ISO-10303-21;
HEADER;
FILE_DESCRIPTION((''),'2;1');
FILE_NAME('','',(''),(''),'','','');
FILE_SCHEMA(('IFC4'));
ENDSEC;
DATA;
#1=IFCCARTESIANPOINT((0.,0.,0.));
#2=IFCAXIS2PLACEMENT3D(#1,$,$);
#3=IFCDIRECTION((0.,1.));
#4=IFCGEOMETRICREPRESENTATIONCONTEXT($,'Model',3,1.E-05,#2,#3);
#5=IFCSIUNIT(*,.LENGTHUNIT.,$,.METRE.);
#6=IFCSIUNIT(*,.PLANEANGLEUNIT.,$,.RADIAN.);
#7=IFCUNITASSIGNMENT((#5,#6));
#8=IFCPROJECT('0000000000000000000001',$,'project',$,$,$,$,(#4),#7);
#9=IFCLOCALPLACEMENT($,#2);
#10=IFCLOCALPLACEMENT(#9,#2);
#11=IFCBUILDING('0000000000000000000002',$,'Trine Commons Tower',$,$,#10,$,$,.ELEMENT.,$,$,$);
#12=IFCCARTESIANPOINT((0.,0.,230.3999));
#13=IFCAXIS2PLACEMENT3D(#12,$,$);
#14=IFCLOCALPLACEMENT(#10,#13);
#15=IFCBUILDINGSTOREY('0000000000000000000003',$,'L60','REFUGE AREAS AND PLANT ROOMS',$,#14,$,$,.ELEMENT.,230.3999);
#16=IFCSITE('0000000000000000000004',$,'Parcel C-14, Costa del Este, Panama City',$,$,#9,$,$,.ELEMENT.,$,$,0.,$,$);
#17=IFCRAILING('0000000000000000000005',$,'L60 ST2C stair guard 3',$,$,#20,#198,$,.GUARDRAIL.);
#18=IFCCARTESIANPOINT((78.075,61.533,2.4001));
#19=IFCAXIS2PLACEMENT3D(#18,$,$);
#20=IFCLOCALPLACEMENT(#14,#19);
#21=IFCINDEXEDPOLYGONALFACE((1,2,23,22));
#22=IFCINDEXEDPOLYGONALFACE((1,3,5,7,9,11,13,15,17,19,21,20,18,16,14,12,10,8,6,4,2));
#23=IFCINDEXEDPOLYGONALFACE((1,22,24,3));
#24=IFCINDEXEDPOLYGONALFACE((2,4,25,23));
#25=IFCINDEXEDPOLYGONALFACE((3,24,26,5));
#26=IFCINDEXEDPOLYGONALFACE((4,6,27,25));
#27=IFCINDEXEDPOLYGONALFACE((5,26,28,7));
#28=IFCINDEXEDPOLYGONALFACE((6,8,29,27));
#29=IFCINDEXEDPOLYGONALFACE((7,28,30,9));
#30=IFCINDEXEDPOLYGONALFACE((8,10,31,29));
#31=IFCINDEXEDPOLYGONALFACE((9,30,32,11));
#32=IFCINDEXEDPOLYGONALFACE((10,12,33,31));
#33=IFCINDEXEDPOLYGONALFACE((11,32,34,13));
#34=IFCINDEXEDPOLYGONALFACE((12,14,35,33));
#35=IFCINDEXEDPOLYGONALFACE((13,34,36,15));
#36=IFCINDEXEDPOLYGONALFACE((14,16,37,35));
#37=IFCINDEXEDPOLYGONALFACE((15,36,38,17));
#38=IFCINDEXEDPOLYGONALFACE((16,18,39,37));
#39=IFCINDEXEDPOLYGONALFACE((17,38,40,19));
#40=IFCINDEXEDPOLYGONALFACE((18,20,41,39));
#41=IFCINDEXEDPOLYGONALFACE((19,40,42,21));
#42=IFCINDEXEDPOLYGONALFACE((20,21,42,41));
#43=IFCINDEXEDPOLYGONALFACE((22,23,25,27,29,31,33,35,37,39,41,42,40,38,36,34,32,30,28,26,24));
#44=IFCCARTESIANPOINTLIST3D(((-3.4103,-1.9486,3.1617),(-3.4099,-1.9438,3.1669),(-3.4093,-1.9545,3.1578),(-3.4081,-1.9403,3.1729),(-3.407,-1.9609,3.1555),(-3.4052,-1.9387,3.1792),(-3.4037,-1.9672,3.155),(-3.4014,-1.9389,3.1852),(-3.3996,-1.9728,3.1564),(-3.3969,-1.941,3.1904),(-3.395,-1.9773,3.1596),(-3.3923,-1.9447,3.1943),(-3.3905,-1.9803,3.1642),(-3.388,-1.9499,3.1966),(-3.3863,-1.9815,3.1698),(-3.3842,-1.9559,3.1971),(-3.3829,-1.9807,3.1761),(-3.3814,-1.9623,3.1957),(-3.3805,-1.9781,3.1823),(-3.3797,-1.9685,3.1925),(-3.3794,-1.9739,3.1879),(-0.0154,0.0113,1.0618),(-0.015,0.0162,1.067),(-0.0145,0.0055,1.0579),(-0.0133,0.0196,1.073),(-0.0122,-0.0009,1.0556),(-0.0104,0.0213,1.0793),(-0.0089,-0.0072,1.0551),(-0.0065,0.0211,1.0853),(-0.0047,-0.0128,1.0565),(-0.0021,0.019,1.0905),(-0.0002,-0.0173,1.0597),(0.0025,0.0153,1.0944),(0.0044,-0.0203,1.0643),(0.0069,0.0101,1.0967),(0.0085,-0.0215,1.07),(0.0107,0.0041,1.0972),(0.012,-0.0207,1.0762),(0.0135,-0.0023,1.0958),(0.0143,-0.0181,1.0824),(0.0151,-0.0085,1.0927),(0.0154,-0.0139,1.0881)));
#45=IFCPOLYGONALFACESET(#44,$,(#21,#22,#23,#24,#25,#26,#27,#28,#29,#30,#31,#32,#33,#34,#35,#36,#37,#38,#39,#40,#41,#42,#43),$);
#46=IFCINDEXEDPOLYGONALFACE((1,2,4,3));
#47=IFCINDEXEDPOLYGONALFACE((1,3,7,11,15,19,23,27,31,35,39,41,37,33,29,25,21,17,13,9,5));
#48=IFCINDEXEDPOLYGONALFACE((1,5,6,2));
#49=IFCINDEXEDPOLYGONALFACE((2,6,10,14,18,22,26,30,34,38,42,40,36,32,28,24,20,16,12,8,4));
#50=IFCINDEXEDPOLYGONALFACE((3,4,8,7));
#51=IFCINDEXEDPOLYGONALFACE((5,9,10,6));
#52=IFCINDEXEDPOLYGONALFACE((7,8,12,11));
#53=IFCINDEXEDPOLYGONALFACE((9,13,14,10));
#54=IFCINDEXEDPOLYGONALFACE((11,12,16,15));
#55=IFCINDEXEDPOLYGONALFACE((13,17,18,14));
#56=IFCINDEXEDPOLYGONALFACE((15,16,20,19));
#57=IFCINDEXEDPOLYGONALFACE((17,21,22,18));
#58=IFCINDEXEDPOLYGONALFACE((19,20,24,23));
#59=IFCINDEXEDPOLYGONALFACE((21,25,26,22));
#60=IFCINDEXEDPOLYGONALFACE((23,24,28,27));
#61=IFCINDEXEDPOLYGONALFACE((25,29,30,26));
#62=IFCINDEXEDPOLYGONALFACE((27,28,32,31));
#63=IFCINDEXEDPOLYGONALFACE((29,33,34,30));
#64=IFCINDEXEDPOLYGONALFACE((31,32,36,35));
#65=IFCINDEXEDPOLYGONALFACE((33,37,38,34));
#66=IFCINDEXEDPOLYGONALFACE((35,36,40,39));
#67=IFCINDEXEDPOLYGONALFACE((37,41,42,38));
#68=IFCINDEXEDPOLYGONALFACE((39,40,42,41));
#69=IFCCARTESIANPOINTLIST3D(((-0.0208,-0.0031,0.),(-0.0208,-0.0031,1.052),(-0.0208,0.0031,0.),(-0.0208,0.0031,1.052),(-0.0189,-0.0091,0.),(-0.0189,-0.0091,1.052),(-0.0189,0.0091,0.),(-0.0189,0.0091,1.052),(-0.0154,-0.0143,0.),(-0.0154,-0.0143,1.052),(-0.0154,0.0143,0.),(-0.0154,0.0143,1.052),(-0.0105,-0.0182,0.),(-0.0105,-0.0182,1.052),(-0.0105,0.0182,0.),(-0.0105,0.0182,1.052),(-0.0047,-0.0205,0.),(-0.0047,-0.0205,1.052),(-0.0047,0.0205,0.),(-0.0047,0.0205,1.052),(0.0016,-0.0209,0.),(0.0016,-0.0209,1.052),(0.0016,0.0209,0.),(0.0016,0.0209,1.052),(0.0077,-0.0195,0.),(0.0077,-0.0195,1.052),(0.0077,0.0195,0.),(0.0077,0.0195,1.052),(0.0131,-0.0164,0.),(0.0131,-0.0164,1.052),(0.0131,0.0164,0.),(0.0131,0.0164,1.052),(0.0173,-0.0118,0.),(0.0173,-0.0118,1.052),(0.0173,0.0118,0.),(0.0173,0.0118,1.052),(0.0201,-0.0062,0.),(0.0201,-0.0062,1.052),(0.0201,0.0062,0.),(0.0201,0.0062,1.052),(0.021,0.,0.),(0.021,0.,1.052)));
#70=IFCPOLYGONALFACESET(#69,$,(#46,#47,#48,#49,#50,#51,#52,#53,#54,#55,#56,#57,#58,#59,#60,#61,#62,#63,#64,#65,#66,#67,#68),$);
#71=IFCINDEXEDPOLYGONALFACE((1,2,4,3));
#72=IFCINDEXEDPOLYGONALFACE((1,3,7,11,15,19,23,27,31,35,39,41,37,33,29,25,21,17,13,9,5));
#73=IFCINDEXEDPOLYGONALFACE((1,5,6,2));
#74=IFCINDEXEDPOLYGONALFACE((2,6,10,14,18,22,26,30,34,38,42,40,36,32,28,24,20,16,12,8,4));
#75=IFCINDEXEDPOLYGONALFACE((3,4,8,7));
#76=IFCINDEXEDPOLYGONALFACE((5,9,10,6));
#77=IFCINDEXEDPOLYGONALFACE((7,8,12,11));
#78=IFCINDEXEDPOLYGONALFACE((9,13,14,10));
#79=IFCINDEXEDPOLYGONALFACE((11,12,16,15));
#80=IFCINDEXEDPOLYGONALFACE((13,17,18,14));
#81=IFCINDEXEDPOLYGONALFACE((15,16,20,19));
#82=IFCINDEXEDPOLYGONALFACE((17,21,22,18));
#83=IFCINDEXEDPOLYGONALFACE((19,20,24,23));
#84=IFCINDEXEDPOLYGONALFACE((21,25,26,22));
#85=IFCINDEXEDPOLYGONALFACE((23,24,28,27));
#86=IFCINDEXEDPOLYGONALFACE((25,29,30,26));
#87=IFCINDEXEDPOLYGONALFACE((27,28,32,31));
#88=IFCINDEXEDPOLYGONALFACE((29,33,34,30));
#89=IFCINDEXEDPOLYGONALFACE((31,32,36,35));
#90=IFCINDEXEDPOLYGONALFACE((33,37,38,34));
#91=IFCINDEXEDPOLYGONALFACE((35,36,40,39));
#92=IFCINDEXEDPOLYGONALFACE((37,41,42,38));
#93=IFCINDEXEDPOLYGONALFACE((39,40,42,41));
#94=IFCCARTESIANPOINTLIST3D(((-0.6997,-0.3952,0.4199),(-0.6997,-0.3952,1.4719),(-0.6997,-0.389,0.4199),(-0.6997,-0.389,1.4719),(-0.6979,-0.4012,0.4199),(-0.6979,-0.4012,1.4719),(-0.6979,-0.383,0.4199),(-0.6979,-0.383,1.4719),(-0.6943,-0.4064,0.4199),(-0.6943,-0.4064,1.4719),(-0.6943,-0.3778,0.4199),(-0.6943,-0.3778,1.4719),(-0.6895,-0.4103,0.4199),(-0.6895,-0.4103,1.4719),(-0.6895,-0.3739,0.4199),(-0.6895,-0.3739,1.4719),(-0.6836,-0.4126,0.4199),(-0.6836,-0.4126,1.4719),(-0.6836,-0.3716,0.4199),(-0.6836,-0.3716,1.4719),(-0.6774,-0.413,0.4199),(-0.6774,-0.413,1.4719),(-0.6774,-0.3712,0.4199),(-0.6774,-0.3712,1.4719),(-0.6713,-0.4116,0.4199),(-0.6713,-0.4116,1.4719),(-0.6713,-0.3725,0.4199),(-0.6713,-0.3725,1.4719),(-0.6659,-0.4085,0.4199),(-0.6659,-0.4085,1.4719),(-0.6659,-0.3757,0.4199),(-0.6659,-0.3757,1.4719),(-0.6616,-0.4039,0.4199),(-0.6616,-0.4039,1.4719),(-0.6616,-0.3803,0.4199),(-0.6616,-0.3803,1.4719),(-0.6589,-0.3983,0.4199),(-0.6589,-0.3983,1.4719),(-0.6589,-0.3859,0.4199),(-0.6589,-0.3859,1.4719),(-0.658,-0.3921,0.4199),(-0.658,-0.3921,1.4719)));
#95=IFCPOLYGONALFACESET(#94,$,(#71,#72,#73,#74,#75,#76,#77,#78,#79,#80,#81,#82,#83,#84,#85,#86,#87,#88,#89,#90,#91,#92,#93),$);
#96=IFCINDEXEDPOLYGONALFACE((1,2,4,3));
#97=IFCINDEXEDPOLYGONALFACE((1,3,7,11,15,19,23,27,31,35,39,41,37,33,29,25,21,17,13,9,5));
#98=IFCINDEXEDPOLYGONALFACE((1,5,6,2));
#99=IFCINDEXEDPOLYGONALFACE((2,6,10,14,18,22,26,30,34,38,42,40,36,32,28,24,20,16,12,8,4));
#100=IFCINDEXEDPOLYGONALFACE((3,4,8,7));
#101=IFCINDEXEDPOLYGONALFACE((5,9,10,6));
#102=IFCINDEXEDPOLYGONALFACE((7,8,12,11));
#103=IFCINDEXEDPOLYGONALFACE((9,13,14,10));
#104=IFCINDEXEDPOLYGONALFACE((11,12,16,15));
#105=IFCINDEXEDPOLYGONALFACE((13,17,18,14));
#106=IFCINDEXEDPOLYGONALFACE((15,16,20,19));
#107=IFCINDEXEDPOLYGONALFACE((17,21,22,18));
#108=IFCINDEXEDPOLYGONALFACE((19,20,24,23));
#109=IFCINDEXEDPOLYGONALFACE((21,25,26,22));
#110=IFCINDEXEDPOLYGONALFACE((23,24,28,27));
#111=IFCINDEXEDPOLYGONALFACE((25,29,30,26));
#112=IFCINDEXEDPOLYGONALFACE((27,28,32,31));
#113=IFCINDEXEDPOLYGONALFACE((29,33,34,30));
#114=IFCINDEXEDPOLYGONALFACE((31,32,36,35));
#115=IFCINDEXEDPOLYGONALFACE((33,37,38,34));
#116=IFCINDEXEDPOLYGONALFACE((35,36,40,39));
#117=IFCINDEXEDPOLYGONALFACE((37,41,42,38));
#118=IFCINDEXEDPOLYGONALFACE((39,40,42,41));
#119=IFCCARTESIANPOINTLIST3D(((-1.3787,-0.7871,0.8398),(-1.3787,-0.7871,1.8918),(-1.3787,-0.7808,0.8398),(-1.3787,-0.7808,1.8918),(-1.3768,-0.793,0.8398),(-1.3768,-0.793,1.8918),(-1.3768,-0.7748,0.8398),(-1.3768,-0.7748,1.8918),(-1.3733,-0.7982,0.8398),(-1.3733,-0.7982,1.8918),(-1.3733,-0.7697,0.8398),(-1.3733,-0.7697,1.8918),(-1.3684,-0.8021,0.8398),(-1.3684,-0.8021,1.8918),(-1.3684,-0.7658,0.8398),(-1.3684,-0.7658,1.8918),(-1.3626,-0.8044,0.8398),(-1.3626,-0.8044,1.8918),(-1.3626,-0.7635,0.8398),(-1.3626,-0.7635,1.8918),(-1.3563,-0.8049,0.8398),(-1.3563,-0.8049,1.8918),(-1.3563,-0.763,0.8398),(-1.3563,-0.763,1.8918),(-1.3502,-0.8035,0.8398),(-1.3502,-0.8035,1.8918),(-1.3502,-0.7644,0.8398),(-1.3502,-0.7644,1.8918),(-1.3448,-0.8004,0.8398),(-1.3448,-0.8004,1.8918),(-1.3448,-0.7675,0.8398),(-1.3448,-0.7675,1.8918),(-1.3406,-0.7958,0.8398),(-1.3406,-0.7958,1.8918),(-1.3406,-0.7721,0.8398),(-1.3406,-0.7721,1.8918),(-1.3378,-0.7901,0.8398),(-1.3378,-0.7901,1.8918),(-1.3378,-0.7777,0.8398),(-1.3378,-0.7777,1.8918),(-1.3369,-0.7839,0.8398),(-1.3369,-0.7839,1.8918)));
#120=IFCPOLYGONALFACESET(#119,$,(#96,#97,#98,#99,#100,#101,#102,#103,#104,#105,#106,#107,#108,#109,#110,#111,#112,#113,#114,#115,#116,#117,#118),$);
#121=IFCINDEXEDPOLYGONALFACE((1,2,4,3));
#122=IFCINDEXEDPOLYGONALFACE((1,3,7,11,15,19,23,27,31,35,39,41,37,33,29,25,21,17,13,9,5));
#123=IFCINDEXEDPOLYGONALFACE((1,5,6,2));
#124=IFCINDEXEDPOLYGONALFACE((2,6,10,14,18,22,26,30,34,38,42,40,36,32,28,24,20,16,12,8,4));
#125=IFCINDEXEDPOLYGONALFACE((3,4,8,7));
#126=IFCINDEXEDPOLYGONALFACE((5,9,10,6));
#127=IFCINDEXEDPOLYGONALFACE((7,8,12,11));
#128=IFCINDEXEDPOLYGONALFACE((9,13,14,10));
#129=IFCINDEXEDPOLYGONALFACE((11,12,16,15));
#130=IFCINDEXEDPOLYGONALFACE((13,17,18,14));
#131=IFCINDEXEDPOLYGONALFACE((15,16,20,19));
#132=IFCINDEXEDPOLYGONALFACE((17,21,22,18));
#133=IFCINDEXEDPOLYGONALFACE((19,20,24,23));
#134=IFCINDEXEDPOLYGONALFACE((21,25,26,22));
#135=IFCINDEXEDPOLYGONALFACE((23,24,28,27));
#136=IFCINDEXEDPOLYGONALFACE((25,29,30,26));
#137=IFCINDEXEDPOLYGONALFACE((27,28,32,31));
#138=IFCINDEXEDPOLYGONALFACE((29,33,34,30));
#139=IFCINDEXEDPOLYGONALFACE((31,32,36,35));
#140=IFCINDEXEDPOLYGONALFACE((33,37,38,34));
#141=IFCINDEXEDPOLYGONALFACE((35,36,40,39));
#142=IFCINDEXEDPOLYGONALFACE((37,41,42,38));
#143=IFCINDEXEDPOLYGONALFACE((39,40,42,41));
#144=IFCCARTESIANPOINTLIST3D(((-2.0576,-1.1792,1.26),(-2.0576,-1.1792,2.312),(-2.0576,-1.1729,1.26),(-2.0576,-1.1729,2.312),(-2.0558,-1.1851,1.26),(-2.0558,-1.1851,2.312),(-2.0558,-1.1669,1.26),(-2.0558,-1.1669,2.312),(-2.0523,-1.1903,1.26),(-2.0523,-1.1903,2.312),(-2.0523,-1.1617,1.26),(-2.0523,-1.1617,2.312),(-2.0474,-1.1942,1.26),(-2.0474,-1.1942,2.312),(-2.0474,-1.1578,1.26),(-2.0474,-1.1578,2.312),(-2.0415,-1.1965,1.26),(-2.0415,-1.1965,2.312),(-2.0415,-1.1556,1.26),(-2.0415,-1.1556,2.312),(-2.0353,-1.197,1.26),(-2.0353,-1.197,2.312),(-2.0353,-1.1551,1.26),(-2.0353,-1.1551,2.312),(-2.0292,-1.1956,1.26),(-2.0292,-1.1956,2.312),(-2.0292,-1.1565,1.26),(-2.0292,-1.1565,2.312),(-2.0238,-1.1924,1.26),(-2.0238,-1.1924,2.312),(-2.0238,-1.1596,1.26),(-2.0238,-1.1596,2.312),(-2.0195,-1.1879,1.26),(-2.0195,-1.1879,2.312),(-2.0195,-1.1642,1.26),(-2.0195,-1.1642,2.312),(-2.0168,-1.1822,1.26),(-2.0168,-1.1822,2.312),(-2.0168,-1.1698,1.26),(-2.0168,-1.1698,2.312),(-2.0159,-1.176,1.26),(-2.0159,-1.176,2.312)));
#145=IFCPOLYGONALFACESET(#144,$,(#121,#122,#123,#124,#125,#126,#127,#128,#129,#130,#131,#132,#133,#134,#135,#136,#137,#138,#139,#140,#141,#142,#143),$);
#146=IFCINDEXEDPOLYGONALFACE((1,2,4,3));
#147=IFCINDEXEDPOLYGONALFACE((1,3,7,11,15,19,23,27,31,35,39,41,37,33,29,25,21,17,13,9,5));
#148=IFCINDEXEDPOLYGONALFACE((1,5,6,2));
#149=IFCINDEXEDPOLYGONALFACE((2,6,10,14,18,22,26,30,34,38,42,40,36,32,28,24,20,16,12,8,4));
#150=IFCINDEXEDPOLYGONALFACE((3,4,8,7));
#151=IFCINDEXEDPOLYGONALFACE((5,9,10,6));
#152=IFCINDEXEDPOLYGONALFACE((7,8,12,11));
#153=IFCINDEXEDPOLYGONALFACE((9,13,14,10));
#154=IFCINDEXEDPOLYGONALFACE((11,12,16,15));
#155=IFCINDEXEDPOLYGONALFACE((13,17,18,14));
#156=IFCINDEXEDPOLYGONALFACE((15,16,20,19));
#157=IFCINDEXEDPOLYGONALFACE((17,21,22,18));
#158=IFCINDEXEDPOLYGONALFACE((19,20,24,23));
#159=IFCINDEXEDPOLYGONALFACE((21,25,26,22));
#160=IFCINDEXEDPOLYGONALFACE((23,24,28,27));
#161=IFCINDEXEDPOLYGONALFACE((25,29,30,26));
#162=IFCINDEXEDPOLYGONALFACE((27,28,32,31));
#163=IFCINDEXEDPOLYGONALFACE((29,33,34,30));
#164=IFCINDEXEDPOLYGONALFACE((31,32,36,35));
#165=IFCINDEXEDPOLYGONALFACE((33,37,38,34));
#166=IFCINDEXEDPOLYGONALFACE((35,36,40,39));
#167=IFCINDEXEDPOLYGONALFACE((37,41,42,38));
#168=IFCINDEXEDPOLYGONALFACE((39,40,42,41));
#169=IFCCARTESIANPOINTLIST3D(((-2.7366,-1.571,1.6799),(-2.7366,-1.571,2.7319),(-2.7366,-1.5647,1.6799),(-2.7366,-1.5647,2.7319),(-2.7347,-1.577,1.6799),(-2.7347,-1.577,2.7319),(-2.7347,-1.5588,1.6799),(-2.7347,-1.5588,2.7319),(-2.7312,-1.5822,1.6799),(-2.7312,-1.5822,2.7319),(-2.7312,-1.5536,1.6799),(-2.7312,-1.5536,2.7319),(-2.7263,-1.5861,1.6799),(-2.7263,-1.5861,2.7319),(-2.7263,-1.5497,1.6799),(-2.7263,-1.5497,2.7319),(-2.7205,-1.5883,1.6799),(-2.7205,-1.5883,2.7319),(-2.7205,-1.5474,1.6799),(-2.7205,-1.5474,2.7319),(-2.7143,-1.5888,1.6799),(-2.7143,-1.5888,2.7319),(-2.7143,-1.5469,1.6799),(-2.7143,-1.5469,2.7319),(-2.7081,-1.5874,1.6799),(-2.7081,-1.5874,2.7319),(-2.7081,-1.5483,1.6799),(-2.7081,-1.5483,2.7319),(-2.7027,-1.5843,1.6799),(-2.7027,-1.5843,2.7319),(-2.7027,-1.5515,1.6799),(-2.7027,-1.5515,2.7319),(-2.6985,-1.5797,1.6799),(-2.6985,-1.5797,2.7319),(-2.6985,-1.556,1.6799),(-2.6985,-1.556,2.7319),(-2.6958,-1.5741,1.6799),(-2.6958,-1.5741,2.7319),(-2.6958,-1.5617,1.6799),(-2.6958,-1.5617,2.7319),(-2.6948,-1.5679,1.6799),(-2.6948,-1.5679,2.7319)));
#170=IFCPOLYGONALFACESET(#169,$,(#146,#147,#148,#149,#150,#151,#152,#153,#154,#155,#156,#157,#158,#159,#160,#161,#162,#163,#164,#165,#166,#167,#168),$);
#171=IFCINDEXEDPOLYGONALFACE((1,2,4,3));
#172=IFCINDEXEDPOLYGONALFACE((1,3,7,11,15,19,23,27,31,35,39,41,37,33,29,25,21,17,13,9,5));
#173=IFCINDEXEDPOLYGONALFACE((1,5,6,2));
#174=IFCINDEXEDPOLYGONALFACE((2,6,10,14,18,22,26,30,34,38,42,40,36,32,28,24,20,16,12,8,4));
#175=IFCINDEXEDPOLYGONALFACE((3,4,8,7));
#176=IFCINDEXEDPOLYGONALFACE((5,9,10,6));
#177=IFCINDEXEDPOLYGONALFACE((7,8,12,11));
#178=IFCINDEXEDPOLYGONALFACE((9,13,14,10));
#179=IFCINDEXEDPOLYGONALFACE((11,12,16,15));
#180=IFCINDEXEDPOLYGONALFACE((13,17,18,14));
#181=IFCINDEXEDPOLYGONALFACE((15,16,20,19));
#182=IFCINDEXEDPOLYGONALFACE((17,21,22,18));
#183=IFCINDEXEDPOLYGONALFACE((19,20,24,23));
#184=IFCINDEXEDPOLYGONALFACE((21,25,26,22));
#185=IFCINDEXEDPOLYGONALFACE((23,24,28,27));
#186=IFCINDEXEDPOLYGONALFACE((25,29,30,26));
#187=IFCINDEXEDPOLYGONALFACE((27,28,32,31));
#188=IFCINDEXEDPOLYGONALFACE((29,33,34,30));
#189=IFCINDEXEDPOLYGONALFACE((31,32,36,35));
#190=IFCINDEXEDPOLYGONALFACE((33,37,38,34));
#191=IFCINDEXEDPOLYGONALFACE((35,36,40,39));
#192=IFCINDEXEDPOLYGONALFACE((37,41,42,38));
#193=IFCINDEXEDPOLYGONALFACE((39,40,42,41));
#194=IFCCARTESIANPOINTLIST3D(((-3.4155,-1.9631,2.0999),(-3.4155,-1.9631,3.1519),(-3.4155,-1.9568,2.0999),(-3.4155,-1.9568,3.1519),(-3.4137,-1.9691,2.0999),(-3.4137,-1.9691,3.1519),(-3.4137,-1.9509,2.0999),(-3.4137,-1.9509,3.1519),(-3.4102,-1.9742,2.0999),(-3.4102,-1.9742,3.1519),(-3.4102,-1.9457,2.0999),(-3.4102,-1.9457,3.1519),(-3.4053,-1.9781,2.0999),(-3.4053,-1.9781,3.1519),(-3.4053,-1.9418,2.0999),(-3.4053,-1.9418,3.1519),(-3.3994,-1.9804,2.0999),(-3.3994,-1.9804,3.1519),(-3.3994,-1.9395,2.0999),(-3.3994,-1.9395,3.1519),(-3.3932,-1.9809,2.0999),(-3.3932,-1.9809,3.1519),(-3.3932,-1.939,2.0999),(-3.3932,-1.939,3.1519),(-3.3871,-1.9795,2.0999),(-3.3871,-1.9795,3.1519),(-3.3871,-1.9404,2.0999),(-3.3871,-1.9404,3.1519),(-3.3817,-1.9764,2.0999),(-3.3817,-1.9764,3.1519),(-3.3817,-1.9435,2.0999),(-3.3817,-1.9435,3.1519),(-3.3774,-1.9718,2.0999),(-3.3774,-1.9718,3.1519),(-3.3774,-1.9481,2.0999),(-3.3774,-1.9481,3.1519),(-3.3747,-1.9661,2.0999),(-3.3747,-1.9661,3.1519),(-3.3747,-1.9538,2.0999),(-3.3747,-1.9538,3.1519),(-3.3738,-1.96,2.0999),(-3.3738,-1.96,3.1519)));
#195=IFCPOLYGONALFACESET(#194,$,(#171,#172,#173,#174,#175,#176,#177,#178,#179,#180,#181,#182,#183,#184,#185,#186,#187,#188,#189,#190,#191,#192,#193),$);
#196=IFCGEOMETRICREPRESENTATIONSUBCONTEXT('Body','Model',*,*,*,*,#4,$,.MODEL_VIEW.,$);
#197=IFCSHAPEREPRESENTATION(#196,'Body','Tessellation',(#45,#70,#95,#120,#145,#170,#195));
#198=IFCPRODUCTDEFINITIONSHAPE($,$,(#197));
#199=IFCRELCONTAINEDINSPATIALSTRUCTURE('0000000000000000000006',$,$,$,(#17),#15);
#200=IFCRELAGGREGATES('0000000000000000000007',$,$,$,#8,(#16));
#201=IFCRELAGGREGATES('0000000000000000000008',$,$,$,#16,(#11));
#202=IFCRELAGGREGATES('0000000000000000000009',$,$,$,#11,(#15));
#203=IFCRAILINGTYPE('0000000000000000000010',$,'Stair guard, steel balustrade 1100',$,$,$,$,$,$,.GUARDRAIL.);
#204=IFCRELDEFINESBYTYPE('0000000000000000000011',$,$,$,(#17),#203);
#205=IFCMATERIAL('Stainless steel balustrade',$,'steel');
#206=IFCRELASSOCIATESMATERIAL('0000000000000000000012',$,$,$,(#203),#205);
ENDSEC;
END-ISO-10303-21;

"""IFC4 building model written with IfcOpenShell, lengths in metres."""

from ifc_helpers import new_model, si_unit, direction, frame, origin, origin_2d, place, context, subcontext, project, spatial, circle, extrude, material, type_object, element, save


model = new_model("IFC4")

# Units and contexts
model_context = context("Model", 3, precision=1e-05, world=origin(), true_north=direction((0.0, 1.0)))
body_context = subcontext(model_context, "Body", "Model", "MODEL_VIEW")
ifc_project = project(units=[si_unit("LENGTHUNIT", "METRE"), si_unit("PLANEANGLEUNIT", "RADIAN")], contexts=[model_context])

# Site, building, storey
site_placement = place(None, origin())
site = spatial("IfcSite", under=ifc_project, at=site_placement, Name="Parcel C-14, Costa del Este, Panama City", CompositionType="ELEMENT", RefElevation=0.0)
building_placement = place(site_placement, origin())
building = spatial("IfcBuilding", under=site, at=building_placement, Name="Trine Commons Tower", CompositionType="ELEMENT")
storey_placement = place(building_placement, frame((0.0, 0.0, 230.3999)))
storey = spatial("IfcBuildingStorey", under=building, at=storey_placement, Name="L60", Description="REFUGE AREAS AND PLANT ROOMS", CompositionType="ELEMENT", Elevation=230.3999)

# Railing
ifc_material_1 = material(Name="Stainless steel balustrade", Category="steel")
railing_type_1 = type_object("IfcRailingType", Name="Stair guard, steel balustrade 1100", PredefinedType="GUARDRAIL", material=ifc_material_1)
railing_1_placement = place(storey_placement, frame((78.075, 61.533, 2.4001)))
element("IfcRailing", 1, at=railing_1_placement, inside=storey, type_object=railing_type_1, Name="L60 ST2C stair guard 3", PredefinedType="GUARDRAIL", context=body_context, shape_type="SweptSolid", body=[
    extrude(circle(Radius=0.0239, at=origin_2d()), frame((0.0, 0.0, 1.0762), z_axis=(-0.763395, -0.440743, 0.472201), x_axis=(0.499997, -0.866027, 0.0)), (0.0, 0.0, 1.0), 4.447),
    extrude(circle(Radius=0.021, at=origin_2d()), origin(), (0.0, 0.0, 1.0), 1.052),
    extrude(circle(Radius=0.021, at=origin_2d()), frame((-0.679, -0.3921, 0.4199)), (0.0, 0.0, 1.0), 1.052),
    extrude(circle(Radius=0.021, at=origin_2d()), frame((-1.3579, -0.7839, 0.8398)), (0.0, 0.0, 1.0), 1.052),
    extrude(circle(Radius=0.021, at=origin_2d()), frame((-2.0369, -1.176, 1.26)), (0.0, 0.0, 1.0), 1.052),
    extrude(circle(Radius=0.021, at=origin_2d()), frame((-2.7158, -1.5679, 1.6799)), (0.0, 0.0, 1.0), 1.052),
    extrude(circle(Radius=0.021, at=origin_2d()), frame((-3.3948, -1.96, 2.0999)), (0.0, 0.0, 1.0), 1.052),
])

save(model, "model.ifc")
